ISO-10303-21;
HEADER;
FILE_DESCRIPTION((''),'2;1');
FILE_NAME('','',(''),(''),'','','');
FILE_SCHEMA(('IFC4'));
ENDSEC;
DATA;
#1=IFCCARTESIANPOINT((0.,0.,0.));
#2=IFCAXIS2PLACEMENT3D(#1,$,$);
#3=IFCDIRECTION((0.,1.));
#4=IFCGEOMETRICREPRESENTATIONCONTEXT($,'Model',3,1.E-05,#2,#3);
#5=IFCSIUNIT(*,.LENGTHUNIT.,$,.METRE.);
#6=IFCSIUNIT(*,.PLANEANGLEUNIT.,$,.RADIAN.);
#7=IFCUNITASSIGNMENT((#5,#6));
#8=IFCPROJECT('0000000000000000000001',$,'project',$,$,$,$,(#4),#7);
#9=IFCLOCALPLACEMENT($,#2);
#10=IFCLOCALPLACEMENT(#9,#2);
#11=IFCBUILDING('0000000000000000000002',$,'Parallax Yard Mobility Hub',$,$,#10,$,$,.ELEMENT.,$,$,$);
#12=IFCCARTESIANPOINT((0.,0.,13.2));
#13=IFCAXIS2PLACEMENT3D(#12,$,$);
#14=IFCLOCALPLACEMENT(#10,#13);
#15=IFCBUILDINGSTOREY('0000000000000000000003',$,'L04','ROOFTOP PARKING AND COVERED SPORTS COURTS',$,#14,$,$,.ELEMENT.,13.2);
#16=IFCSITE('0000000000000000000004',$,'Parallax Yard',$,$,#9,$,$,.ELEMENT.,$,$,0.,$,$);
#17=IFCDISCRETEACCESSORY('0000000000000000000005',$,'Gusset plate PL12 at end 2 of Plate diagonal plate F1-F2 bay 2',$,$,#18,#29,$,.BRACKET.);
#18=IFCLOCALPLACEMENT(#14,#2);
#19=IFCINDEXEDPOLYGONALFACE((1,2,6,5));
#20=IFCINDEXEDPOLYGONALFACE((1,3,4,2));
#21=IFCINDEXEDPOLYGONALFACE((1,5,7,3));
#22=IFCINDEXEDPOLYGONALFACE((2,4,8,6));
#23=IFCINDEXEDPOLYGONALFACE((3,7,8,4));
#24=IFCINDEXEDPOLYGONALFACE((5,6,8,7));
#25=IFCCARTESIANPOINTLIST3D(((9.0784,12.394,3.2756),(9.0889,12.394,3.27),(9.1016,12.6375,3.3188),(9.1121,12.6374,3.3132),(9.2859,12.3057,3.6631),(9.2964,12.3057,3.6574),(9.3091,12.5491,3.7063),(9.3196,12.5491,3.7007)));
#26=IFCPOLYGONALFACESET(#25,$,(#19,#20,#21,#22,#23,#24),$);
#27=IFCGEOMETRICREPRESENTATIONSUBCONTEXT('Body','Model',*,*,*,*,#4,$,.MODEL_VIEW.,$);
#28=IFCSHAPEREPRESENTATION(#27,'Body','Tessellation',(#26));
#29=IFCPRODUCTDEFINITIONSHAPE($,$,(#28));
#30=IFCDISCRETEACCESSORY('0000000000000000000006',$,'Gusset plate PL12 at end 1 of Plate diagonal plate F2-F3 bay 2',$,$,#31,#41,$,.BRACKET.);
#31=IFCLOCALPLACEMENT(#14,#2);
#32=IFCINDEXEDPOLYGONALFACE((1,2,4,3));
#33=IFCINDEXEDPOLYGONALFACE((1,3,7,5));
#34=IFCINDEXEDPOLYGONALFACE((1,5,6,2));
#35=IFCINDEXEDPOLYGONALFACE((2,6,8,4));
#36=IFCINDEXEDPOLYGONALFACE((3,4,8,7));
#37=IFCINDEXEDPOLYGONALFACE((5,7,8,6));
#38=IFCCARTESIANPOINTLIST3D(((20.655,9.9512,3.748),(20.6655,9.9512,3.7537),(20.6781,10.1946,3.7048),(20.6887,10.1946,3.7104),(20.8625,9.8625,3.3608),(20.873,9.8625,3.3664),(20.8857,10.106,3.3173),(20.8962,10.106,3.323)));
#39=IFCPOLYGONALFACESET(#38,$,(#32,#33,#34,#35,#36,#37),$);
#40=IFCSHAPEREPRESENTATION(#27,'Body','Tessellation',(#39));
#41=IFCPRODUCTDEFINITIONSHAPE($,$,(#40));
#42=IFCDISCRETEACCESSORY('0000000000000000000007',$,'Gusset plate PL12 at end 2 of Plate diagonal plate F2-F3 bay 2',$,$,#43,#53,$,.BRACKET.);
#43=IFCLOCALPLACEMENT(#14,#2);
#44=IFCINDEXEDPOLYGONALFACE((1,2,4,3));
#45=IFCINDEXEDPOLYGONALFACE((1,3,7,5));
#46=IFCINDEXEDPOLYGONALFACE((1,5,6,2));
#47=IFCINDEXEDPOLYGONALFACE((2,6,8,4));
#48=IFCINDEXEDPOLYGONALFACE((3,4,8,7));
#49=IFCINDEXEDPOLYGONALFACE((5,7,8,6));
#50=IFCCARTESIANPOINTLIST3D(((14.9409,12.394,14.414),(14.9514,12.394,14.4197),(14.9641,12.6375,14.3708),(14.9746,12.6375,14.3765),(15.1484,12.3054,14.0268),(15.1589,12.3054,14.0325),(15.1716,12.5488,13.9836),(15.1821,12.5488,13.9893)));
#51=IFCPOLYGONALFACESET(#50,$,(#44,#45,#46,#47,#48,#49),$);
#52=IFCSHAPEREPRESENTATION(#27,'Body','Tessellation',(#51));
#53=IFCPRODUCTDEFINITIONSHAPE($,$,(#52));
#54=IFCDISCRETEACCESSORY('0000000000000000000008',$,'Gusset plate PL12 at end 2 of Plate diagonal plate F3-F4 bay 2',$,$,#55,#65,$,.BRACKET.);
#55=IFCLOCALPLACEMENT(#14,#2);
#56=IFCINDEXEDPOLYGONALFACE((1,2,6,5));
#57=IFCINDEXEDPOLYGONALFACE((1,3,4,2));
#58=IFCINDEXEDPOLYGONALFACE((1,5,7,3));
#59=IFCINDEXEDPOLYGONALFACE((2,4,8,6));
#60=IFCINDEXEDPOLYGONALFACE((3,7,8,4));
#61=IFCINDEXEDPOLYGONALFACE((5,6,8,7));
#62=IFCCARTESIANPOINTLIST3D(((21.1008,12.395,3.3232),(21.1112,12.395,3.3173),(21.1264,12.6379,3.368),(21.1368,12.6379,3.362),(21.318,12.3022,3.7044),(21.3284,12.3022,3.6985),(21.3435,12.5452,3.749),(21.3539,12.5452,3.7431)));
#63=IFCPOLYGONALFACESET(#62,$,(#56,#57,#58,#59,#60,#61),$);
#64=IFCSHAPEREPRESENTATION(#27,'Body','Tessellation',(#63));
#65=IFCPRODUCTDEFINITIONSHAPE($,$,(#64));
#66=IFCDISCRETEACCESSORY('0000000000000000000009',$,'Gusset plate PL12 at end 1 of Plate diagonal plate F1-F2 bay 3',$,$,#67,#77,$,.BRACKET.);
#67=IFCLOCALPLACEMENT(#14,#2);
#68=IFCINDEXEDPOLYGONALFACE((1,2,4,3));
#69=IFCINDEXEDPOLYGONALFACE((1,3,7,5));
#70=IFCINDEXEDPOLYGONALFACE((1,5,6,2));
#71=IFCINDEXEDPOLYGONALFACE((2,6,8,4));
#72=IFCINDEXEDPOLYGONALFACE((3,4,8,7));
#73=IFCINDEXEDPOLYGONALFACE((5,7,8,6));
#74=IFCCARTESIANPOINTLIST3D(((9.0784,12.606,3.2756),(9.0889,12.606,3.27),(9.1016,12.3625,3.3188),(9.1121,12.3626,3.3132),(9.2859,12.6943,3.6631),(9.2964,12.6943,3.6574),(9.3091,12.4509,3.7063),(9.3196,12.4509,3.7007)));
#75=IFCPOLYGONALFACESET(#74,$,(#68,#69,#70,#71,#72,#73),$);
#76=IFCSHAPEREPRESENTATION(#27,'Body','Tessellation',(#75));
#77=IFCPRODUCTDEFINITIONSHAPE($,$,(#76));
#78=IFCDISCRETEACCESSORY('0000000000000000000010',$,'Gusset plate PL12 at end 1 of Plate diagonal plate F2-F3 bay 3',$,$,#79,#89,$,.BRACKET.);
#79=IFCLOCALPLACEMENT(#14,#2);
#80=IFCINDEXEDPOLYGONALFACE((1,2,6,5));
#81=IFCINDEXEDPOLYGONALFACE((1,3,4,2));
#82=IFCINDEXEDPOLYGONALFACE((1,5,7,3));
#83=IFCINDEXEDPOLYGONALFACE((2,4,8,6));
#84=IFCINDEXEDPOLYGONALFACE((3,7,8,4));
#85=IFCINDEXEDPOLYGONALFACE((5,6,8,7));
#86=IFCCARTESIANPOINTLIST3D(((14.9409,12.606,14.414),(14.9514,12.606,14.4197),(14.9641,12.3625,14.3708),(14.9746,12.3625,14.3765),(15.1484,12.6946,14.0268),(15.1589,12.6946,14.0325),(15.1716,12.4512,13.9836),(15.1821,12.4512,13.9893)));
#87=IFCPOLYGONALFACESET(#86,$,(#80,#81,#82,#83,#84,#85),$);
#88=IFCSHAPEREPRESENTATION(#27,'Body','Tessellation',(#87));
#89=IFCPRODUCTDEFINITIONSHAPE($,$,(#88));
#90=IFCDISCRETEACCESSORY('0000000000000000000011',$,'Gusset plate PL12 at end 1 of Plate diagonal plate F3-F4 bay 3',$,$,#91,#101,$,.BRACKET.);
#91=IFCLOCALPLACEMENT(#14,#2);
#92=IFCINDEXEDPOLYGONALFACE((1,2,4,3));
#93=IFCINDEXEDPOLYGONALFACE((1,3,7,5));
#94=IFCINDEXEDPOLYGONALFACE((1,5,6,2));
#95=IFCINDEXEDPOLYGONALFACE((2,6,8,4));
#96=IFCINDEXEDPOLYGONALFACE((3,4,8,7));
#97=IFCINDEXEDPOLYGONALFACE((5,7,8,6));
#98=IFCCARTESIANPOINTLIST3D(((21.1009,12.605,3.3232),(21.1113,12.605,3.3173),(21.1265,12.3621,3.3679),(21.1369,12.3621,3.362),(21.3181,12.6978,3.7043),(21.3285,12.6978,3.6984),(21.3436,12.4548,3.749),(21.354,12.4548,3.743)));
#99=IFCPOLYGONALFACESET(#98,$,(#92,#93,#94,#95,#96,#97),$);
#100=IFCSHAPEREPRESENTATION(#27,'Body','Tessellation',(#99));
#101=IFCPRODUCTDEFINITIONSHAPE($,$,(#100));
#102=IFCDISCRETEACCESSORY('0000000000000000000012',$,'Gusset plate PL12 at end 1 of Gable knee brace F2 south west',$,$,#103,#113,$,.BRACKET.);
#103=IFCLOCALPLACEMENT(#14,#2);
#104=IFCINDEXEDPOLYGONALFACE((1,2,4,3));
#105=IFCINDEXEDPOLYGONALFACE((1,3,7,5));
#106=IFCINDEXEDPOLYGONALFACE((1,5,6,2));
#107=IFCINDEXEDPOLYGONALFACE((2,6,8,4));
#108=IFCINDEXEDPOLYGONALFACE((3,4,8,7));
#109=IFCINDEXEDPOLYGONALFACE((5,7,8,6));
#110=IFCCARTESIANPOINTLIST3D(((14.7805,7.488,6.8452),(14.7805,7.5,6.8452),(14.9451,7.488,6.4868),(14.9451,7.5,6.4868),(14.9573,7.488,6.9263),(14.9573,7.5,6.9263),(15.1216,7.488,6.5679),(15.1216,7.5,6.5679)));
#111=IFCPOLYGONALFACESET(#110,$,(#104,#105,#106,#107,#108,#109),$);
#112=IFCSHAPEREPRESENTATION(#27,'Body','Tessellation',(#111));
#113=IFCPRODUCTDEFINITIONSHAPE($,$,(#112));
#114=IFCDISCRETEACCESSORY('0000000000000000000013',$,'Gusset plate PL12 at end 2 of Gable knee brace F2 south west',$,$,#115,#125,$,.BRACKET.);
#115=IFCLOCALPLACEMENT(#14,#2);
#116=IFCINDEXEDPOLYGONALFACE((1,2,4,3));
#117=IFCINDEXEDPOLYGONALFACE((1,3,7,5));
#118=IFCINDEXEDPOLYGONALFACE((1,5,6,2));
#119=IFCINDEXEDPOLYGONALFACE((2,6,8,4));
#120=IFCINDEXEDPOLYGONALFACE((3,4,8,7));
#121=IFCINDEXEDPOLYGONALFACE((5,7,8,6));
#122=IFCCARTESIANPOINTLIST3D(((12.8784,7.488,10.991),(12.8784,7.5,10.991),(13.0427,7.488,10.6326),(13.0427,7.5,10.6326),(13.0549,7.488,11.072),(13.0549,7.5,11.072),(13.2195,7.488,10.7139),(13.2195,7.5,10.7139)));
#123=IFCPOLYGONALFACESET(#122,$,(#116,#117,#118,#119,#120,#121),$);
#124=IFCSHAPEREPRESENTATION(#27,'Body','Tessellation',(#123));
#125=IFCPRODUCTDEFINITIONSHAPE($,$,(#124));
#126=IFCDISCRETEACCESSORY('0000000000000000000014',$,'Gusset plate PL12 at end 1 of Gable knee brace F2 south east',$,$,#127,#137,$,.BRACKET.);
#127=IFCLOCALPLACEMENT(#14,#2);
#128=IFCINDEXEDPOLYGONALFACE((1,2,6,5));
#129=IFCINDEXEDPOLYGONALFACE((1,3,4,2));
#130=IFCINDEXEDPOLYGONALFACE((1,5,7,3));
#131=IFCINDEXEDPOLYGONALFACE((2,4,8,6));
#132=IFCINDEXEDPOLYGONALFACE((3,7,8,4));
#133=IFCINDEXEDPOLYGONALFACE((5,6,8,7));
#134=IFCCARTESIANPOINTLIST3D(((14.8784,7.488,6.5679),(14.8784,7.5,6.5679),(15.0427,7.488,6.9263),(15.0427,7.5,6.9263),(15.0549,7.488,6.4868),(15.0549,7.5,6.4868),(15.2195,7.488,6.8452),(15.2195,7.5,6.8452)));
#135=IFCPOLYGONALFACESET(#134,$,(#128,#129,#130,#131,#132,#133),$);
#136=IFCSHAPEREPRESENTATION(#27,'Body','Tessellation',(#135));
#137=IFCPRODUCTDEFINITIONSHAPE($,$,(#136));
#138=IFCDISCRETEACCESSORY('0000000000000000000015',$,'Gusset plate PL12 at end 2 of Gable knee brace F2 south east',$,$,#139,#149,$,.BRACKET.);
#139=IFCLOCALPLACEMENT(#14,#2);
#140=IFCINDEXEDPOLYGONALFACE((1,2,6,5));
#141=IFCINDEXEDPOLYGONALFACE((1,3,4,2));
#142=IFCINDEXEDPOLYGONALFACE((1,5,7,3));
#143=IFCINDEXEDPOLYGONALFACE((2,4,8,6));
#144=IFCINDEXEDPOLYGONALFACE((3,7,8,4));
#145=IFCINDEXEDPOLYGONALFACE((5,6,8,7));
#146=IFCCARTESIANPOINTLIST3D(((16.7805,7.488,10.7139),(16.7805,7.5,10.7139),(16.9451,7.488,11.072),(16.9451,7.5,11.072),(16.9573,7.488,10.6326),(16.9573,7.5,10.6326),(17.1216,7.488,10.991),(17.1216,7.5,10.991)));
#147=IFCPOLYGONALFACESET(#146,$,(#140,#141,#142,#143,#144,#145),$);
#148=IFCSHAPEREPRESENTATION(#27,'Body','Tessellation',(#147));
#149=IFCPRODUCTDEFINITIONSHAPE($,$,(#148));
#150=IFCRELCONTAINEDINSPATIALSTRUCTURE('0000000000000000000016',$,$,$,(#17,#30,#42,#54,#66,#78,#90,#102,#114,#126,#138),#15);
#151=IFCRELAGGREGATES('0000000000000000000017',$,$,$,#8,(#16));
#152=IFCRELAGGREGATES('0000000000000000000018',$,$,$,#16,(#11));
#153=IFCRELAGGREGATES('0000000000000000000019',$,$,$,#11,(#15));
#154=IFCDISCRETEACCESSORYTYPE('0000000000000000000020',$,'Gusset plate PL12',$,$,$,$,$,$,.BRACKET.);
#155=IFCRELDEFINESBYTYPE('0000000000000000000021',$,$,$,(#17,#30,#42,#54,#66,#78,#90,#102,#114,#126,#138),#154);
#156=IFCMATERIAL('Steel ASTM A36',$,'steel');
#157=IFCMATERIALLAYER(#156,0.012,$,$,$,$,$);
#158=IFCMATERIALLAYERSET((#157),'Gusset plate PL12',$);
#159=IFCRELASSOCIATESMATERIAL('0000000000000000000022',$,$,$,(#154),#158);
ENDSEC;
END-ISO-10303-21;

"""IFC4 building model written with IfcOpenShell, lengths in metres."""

from ifc_helpers import new_model, si_unit, direction, frame, origin, place, context, subcontext, project, spatial, polyline, outline, extrude, material, layer, layer_set, type_object, element, save


model = new_model("IFC4")

# Units and contexts
model_context = context("Model", 3, precision=1e-05, world=origin(), true_north=direction((0.0, 1.0)))
body_context = subcontext(model_context, "Body", "Model", "MODEL_VIEW")
ifc_project = project(units=[si_unit("LENGTHUNIT", "METRE"), si_unit("PLANEANGLEUNIT", "RADIAN")], contexts=[model_context])

# Site, building, storey
site_placement = place(None, origin())
site = spatial("IfcSite", under=ifc_project, at=site_placement, Name="Parallax Yard", CompositionType="ELEMENT", RefElevation=0.0)
building_placement = place(site_placement, origin())
building = spatial("IfcBuilding", under=site, at=building_placement, Name="Parallax Yard Mobility Hub", CompositionType="ELEMENT")
storey_placement = place(building_placement, frame((0.0, 0.0, 13.2)))
storey = spatial("IfcBuildingStorey", under=building, at=storey_placement, Name="L04", Description="ROOFTOP PARKING AND COVERED SPORTS COURTS", CompositionType="ELEMENT", Elevation=13.2)

# Discrete accessories
ifc_material_1 = material(Name="Steel ASTM A36", Category="steel")
ifc_layer_1 = layer(ifc_material_1, 0.012)
ifc_layer_set_1 = layer_set([ifc_layer_1], Name="Gusset plate PL12")
discrete_accessory_type = type_object("IfcDiscreteAccessoryType", Name="Gusset plate PL12", PredefinedType="BRACKET", material=ifc_layer_set_1)
discrete_accessory_1_placement = place(storey_placement, frame((9.3091, 12.5491, 3.7063), z_axis=(-0.881505, 0.000169, 0.472174), x_axis=(-0.462879, 0.197132, -0.864223)))
element("IfcDiscreteAccessory", 1, at=discrete_accessory_1_placement, inside=storey, type_object=discrete_accessory_type, Name="Gusset plate PL12 at end 2 of Plate diagonal plate F1-F2 bay 2", PredefinedType="BRACKET", context=body_context, shape_type="SweptSolid", body=[
    extrude(outline(polyline([(0.0, 0.0), (0.4483, 0.0), (0.4484, 0.2483), (0.0001, 0.2483), (0.0, 0.0)])), origin(), (0.0, 0.0, -1.0), 0.012),
])
discrete_accessory_2_placement = place(storey_placement, frame((20.6655, 9.9512, 3.7537), z_axis=(0.881467, 0.000084, 0.472245), x_axis=(0.462934, -0.197749, -0.864053)))
element("IfcDiscreteAccessory", 2, at=discrete_accessory_2_placement, inside=storey, type_object=discrete_accessory_type, Name="Gusset plate PL12 at end 1 of Plate diagonal plate F2-F3 bay 2", PredefinedType="BRACKET", context=body_context, shape_type="SweptSolid", body=[
    extrude(outline(polyline([(0.0, 0.0), (0.4482, 0.0), (0.4483, 0.2483), (-0.0001, 0.2483), (0.0, 0.0)])), origin(), (0.0, 0.0, -1.0), 0.012),
])
discrete_accessory_3_placement = place(storey_placement, frame((15.1821, 12.5488, 13.9893), z_axis=(0.881386, -0.000118, 0.472397), x_axis=(-0.463048, 0.197749, 0.863992)))
element("IfcDiscreteAccessory", 3, at=discrete_accessory_3_placement, inside=storey, type_object=discrete_accessory_type, Name="Gusset plate PL12 at end 2 of Plate diagonal plate F2-F3 bay 2", PredefinedType="BRACKET", context=body_context, shape_type="SweptSolid", body=[
    extrude(outline(polyline([(0.0, 0.0), (0.4482, 0.0), (0.4481, 0.2483), (-0.0001, 0.2483), (0.0, 0.0)])), origin(), (0.0, 0.0, -1.0), 0.012),
])
discrete_accessory_4_placement = place(storey_placement, frame((21.3435, 12.5452, 3.749), z_axis=(-0.868823, 0.000185, 0.495124), x_axis=(-0.484371, 0.206955, -0.850032)))
element("IfcDiscreteAccessory", 4, at=discrete_accessory_4_placement, inside=storey, type_object=discrete_accessory_type, Name="Gusset plate PL12 at end 2 of Plate diagonal plate F3-F4 bay 2", PredefinedType="BRACKET", context=body_context, shape_type="SweptSolid", body=[
    extrude(outline(polyline([(0.0, 0.0), (0.4483, 0.0), (0.4484, 0.2483), (0.0, 0.2483), (0.0, 0.0)])), origin(), (0.0, 0.0, -1.0), 0.012),
])
discrete_accessory_5_placement = place(storey_placement, frame((9.2859, 12.6943, 3.6631), z_axis=(-0.881505, -0.000169, 0.472174), x_axis=(-0.462879, -0.197132, -0.864223)))
element("IfcDiscreteAccessory", 5, at=discrete_accessory_5_placement, inside=storey, type_object=discrete_accessory_type, Name="Gusset plate PL12 at end 1 of Plate diagonal plate F1-F2 bay 3", PredefinedType="BRACKET", context=body_context, shape_type="SweptSolid", body=[
    extrude(outline(polyline([(0.0, 0.0), (0.4483, 0.0), (0.4482, 0.2483), (-0.0001, 0.2483), (0.0, 0.0)])), origin(), (0.0, 0.0, -1.0), 0.012),
])
discrete_accessory_6_placement = place(storey_placement, frame((15.1589, 12.6946, 14.0325), z_axis=(0.881386, 0.000118, 0.472397), x_axis=(-0.463048, -0.197749, 0.863992)))
element("IfcDiscreteAccessory", 6, at=discrete_accessory_6_placement, inside=storey, type_object=discrete_accessory_type, Name="Gusset plate PL12 at end 1 of Plate diagonal plate F2-F3 bay 3", PredefinedType="BRACKET", context=body_context, shape_type="SweptSolid", body=[
    extrude(outline(polyline([(0.0, 0.0), (0.4482, 0.0), (0.4482, 0.2483), (0.0001, 0.2483), (0.0, 0.0)])), origin(), (0.0, 0.0, -1.0), 0.012),
])
discrete_accessory_7_placement = place(storey_placement, frame((21.3181, 12.6978, 3.7043), z_axis=(-0.868823, -0.000185, 0.495124), x_axis=(-0.484377, -0.2069, -0.850042)))
element("IfcDiscreteAccessory", 7, at=discrete_accessory_7_placement, inside=storey, type_object=discrete_accessory_type, Name="Gusset plate PL12 at end 1 of Plate diagonal plate F3-F4 bay 3", PredefinedType="BRACKET", context=body_context, shape_type="SweptSolid", body=[
    extrude(outline(polyline([(0.0, 0.0), (0.4484, 0.0), (0.4483, 0.2483), (0.0, 0.2483), (0.0, 0.0)])), origin(), (0.0, 0.0, -1.0), 0.012),
])
discrete_accessory_8_placement = place(storey_placement, frame((14.9573, 7.5, 6.9263), z_axis=(0.0, 1.0, 0.0), x_axis=(0.41674, 0.0, -0.909026)))
element("IfcDiscreteAccessory", 8, at=discrete_accessory_8_placement, inside=storey, type_object=discrete_accessory_type, Name="Gusset plate PL12 at end 1 of Gable knee brace F2 south west", PredefinedType="BRACKET", context=body_context, shape_type="SweptSolid", body=[
    extrude(outline(polyline([(0.0, 0.0), (0.3943, 0.0), (0.3944, 0.1942), (0.0, 0.1945), (0.0, 0.0)])), origin(), (0.0, 0.0, -1.0), 0.012),
])
discrete_accessory_9_placement = place(storey_placement, frame((13.0427, 7.5, 10.6326), z_axis=(0.0, 1.0, 0.0), x_axis=(-0.41674, 0.0, 0.909026)))
element("IfcDiscreteAccessory", 9, at=discrete_accessory_9_placement, inside=storey, type_object=discrete_accessory_type, Name="Gusset plate PL12 at end 2 of Gable knee brace F2 south west", PredefinedType="BRACKET", context=body_context, shape_type="SweptSolid", body=[
    extrude(outline(polyline([(0.0, 0.0), (0.3943, 0.0), (0.3944, 0.1942), (0.0002, 0.1946), (0.0, 0.0)])), origin(), (0.0, 0.0, -1.0), 0.012),
])
discrete_accessory_10_placement = place(storey_placement, frame((15.2195, 7.5, 6.8452), z_axis=(0.0, 1.0, 0.0), x_axis=(-0.417251, 0.0, -0.908791)))
element("IfcDiscreteAccessory", 10, at=discrete_accessory_10_placement, inside=storey, type_object=discrete_accessory_type, Name="Gusset plate PL12 at end 1 of Gable knee brace F2 south east", PredefinedType="BRACKET", context=body_context, shape_type="SweptSolid", body=[
    extrude(outline(polyline([(0.0, 0.0), (0.3944, 0.0), (0.3944, 0.1942), (0.0001, 0.1945), (0.0, 0.0)])), origin(), (0.0, 0.0, -1.0), 0.012),
])
discrete_accessory_11_placement = place(storey_placement, frame((16.7805, 7.5, 10.7139), z_axis=(0.0, 1.0, 0.0), x_axis=(0.417486, 0.0, 0.908683)))
element("IfcDiscreteAccessory", 11, at=discrete_accessory_11_placement, inside=storey, type_object=discrete_accessory_type, Name="Gusset plate PL12 at end 2 of Gable knee brace F2 south east", PredefinedType="BRACKET", context=body_context, shape_type="SweptSolid", body=[
    extrude(outline(polyline([(0.0, 0.0), (0.3941, 0.0), (0.3942, 0.1942), (-0.0001, 0.1946), (0.0, 0.0)])), origin(), (0.0, 0.0, -1.0), 0.012),
])

save(model, "model.ifc")
